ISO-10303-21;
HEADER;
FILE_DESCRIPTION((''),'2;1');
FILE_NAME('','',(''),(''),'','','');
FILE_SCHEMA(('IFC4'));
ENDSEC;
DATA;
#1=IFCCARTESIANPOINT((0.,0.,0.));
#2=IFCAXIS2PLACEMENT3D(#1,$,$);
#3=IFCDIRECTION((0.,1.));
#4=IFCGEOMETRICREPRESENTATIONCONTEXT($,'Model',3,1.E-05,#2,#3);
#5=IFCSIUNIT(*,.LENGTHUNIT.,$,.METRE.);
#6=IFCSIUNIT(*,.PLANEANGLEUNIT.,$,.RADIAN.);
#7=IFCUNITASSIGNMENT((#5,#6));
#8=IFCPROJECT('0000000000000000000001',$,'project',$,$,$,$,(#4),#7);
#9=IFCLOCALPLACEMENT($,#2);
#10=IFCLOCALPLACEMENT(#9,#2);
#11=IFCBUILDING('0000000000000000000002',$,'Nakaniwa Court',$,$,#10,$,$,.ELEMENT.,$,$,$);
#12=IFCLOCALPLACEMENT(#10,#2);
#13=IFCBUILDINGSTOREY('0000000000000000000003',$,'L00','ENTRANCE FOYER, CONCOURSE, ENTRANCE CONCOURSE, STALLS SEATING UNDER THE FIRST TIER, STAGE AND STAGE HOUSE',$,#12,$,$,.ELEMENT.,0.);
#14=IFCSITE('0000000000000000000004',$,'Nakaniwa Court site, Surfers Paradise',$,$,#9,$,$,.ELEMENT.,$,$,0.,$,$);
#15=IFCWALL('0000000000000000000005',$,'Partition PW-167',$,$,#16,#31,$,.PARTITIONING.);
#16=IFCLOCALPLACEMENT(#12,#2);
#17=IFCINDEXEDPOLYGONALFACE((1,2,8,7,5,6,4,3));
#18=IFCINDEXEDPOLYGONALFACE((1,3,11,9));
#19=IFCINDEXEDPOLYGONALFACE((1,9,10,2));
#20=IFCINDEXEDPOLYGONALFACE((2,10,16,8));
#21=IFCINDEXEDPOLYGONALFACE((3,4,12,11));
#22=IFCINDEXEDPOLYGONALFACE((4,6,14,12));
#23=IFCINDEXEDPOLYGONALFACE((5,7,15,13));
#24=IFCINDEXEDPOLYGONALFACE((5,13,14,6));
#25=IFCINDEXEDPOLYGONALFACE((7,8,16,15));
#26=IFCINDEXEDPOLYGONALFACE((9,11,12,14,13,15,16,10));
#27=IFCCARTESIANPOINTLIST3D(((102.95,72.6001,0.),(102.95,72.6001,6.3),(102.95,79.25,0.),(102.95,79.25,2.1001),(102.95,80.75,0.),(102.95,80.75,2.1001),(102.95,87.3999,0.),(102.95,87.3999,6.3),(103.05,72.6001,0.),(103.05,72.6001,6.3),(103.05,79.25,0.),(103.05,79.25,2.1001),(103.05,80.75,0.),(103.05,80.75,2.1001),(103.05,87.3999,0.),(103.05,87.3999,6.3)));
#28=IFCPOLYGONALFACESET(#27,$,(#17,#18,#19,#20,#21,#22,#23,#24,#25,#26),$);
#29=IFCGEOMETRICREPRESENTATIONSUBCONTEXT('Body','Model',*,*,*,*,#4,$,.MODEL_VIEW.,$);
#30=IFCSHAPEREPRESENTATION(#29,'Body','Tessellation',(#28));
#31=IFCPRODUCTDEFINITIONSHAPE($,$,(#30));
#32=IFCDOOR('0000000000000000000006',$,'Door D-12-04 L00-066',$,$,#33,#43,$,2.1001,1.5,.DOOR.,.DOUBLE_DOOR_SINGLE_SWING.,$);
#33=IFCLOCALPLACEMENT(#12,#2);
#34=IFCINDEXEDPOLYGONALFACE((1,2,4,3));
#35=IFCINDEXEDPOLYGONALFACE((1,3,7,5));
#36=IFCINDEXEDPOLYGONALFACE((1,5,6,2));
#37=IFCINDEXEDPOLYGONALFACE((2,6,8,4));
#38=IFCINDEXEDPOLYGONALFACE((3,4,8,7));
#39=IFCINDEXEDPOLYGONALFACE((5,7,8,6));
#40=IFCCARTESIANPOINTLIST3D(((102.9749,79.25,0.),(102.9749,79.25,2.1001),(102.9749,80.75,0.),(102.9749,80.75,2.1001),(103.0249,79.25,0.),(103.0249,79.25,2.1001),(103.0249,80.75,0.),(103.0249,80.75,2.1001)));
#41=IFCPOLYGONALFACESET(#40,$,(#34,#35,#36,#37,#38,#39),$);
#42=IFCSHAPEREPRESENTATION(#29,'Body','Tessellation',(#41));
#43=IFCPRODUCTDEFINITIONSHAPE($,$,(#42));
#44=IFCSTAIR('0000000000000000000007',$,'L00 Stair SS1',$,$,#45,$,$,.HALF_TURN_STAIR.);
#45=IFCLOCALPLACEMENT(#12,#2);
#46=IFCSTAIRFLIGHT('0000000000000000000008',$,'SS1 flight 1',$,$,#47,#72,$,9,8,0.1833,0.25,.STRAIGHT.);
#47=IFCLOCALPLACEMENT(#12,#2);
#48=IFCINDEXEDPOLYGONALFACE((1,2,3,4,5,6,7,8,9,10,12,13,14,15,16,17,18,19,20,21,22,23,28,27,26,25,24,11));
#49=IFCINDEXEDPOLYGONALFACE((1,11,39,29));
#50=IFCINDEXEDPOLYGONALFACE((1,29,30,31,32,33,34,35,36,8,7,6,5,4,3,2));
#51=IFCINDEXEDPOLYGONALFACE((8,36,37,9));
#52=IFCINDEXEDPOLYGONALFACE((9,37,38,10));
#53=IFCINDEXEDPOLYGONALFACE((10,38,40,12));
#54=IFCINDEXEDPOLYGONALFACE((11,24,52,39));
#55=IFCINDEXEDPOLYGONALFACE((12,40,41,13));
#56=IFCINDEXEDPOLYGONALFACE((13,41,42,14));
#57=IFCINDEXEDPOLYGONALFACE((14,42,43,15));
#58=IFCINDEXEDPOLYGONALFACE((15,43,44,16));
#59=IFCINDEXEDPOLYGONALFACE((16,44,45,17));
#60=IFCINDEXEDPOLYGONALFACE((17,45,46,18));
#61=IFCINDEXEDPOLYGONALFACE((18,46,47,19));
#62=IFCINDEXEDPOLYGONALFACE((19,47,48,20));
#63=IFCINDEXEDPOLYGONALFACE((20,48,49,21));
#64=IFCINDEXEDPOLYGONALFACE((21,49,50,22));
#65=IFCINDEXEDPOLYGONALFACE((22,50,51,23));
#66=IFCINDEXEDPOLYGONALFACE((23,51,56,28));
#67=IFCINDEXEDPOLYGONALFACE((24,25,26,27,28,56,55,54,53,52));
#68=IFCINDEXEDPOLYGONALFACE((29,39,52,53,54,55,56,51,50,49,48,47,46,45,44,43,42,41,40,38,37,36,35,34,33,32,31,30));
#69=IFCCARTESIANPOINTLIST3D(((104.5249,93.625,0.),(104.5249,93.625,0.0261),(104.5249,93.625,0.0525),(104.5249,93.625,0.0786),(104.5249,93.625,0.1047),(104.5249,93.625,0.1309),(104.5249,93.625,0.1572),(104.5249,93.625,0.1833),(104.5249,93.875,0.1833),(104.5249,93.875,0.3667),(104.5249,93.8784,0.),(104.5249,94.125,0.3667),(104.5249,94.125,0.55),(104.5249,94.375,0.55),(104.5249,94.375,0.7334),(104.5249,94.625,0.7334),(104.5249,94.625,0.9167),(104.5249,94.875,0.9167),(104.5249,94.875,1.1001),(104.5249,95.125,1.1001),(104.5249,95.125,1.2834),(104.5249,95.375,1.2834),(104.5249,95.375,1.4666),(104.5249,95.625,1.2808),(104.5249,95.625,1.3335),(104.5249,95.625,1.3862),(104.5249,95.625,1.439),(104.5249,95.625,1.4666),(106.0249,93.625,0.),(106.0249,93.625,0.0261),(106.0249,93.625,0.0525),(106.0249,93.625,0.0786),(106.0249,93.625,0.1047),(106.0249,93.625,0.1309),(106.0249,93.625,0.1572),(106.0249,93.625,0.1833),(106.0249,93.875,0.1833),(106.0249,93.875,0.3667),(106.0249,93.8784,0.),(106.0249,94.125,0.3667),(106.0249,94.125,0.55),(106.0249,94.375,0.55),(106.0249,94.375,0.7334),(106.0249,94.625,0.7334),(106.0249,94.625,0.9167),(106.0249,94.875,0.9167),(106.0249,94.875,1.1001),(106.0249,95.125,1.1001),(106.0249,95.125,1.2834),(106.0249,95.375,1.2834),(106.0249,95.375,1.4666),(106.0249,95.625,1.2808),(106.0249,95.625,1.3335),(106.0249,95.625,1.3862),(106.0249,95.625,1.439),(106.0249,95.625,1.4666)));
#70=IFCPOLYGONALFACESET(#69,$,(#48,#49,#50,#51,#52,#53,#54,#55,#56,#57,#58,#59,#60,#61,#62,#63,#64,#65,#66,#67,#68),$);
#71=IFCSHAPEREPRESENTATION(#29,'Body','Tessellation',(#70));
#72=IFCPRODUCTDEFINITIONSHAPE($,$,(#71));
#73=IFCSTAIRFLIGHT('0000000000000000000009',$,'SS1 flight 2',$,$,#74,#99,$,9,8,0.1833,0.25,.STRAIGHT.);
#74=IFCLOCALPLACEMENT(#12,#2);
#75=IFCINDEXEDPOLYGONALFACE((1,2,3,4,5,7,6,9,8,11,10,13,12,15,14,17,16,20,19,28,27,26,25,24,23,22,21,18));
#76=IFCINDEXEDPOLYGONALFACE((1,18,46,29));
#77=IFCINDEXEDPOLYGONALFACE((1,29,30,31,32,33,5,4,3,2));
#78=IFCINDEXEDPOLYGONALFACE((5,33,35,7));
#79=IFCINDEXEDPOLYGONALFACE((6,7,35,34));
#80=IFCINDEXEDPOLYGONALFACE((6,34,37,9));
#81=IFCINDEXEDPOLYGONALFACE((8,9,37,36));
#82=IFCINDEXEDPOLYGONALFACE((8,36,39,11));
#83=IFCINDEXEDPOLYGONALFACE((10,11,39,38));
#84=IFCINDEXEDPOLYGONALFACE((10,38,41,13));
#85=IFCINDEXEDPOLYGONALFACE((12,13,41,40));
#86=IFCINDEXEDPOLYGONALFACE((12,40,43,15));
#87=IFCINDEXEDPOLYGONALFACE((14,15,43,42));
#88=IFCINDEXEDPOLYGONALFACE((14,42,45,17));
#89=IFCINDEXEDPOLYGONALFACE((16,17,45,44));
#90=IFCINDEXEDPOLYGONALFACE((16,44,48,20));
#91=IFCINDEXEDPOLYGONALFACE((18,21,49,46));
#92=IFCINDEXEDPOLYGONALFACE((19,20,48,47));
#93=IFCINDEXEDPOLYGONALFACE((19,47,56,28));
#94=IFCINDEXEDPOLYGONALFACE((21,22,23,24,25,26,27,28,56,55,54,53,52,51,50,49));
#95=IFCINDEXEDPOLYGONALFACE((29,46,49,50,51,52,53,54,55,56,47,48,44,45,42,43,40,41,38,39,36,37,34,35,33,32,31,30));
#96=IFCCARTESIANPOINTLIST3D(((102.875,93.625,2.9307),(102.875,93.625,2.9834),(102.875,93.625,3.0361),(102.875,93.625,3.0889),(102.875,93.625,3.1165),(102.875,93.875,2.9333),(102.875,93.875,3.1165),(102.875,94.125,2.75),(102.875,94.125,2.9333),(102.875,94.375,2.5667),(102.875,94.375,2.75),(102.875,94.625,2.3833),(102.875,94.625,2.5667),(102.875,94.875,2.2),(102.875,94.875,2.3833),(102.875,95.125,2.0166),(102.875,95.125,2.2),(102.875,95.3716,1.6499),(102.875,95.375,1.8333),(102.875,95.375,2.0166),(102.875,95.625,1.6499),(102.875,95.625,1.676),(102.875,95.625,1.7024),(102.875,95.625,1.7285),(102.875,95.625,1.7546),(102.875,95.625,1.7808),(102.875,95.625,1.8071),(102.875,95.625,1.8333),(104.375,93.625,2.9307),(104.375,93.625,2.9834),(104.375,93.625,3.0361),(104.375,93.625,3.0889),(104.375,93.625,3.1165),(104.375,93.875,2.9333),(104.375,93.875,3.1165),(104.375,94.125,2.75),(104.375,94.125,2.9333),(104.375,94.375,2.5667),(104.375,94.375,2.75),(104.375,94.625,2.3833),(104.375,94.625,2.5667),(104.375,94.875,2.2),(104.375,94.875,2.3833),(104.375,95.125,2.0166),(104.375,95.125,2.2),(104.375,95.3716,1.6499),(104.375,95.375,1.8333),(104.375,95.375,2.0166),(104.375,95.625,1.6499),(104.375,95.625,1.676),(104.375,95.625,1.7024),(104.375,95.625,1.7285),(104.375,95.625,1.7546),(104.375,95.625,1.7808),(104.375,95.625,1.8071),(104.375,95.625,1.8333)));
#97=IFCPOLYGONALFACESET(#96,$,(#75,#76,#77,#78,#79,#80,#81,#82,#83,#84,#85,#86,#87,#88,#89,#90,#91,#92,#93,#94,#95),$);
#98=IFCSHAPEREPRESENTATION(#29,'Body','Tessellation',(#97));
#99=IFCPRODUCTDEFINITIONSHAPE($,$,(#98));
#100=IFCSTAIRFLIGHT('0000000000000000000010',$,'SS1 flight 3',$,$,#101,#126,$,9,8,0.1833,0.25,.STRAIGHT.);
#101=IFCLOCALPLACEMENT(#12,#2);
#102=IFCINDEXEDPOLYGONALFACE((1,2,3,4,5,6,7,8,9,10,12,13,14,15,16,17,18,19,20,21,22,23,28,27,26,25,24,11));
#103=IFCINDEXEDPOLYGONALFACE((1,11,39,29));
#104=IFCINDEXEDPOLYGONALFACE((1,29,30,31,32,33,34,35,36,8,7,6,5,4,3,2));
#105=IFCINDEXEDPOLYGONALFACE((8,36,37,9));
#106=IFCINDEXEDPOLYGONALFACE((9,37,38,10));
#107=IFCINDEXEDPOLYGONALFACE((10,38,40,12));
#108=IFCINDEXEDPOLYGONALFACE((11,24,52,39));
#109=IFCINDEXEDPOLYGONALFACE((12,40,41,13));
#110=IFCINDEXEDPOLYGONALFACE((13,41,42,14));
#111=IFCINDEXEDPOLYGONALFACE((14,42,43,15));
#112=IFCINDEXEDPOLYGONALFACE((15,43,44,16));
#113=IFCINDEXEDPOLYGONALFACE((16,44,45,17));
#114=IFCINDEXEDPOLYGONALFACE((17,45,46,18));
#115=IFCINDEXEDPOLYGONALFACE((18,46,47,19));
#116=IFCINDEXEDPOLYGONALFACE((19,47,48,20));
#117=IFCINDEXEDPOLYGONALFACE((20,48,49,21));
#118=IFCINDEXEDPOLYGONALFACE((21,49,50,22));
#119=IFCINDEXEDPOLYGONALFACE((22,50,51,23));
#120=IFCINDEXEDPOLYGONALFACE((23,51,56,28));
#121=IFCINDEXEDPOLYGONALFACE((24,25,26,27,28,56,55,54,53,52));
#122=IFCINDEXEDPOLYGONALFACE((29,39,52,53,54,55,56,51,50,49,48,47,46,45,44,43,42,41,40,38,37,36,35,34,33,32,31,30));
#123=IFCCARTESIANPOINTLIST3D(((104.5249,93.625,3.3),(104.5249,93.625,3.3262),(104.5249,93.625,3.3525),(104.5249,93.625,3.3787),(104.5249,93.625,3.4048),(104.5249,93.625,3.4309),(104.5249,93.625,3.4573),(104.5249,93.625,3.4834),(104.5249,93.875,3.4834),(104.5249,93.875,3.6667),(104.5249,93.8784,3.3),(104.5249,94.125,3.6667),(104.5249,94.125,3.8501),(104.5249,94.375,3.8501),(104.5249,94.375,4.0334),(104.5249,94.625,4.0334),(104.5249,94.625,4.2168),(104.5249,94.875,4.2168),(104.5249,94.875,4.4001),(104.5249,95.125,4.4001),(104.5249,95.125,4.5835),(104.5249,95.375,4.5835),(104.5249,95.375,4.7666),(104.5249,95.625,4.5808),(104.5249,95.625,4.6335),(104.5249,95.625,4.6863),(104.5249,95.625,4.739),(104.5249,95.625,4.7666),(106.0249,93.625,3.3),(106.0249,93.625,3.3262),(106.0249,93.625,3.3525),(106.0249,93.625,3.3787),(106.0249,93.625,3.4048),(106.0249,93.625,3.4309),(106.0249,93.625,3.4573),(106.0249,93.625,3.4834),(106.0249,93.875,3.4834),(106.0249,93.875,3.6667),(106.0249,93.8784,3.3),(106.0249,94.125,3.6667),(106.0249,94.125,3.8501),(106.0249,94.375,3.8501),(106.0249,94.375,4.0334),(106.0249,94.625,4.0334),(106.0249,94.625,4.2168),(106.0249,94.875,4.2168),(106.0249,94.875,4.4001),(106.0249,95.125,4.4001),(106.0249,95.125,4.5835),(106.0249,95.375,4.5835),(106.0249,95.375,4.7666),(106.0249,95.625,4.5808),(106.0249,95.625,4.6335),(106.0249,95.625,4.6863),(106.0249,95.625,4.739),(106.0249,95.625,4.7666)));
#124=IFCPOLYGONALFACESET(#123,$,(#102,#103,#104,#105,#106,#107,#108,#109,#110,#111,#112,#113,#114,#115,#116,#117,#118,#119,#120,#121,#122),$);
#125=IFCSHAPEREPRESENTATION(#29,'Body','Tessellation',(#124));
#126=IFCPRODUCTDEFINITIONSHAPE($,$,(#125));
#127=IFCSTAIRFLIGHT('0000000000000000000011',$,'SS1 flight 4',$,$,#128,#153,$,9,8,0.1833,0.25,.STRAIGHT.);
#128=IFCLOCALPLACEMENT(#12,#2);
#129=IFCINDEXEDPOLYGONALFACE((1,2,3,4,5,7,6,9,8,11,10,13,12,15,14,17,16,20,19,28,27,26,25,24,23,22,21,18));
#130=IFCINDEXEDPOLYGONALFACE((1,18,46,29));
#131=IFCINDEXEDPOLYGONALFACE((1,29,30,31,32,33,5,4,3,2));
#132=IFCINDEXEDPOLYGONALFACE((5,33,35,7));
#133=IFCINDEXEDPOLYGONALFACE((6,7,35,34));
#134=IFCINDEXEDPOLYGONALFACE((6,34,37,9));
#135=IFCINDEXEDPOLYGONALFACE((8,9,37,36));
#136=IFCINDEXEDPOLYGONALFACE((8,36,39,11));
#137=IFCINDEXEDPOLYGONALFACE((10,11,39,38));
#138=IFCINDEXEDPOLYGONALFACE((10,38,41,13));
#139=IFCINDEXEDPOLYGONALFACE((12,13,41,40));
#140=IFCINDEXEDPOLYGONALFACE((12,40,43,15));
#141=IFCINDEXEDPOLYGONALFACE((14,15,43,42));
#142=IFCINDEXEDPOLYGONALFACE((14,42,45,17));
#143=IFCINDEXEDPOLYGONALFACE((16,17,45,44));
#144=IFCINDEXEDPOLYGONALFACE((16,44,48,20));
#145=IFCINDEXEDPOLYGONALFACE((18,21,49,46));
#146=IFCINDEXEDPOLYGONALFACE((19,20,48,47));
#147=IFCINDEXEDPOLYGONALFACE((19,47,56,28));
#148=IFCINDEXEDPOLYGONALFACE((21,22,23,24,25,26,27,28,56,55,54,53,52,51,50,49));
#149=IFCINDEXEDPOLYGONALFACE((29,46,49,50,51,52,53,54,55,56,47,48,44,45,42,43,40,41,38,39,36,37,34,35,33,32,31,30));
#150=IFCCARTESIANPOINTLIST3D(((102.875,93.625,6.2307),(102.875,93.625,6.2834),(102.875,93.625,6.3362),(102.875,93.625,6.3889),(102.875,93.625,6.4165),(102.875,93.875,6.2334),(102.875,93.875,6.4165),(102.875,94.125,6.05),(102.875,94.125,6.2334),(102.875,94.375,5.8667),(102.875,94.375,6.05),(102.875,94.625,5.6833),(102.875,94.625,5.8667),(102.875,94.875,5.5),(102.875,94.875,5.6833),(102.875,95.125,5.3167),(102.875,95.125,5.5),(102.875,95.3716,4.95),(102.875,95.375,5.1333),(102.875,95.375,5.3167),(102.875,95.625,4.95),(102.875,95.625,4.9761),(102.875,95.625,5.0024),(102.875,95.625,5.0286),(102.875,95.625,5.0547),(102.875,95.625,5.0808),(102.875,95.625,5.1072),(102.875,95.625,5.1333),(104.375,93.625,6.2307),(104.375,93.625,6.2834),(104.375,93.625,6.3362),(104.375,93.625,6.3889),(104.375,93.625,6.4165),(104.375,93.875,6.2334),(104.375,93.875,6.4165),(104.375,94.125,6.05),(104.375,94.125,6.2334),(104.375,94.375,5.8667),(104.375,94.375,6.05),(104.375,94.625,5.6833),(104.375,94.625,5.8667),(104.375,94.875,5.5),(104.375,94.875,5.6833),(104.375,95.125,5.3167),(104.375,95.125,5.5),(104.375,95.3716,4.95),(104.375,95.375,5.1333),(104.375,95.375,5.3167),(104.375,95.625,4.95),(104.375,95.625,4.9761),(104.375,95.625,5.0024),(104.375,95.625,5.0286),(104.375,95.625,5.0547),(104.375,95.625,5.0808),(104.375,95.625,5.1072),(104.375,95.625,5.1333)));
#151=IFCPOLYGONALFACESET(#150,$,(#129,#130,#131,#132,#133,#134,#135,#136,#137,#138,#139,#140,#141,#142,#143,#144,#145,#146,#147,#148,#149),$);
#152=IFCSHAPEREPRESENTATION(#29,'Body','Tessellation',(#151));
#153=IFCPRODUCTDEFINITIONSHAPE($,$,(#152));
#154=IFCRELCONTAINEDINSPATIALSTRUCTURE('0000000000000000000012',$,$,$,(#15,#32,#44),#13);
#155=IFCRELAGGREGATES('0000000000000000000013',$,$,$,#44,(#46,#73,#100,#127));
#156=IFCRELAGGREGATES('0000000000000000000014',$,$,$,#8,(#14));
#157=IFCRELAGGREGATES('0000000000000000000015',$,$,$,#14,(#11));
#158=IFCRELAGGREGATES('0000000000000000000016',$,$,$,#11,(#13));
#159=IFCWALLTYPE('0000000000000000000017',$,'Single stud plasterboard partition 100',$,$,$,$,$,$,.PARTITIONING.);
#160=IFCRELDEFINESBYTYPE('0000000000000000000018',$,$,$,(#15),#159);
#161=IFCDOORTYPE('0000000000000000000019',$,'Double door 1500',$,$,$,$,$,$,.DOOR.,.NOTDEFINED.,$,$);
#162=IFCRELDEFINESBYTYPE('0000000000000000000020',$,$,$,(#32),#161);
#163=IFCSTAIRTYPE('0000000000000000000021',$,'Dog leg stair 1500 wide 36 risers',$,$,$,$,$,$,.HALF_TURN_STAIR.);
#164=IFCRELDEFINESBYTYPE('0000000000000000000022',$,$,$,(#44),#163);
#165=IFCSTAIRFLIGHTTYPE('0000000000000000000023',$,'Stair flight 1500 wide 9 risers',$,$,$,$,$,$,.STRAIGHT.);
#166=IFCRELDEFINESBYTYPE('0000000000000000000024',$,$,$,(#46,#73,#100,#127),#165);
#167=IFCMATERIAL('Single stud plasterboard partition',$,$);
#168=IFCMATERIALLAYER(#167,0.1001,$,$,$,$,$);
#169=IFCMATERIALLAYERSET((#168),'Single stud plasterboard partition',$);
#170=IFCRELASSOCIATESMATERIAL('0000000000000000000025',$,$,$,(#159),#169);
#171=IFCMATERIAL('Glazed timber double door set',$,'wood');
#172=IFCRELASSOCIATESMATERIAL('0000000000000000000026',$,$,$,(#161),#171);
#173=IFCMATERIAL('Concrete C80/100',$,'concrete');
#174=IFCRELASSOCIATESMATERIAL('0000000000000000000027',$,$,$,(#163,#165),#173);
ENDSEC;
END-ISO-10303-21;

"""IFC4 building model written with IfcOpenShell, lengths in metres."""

from ifc_helpers import new_model, si_unit, direction, frame, frame_2d, origin, place, context, subcontext, project, spatial, polyline, rectangle, outline, extrude, material, layer, layer_set, type_object, element, fill, aggregate, save


model = new_model("IFC4")

# Units and contexts
model_context = context("Model", 3, precision=1e-05, world=origin(), true_north=direction((0.0, 1.0)))
body_context = subcontext(model_context, "Body", "Model", "MODEL_VIEW")
ifc_project = project(units=[si_unit("LENGTHUNIT", "METRE"), si_unit("PLANEANGLEUNIT", "RADIAN")], contexts=[model_context])

# Site, building, storey
site_placement = place(None, origin())
site = spatial("IfcSite", under=ifc_project, at=site_placement, Name="Nakaniwa Court site, Surfers Paradise", CompositionType="ELEMENT", RefElevation=0.0)
building_placement = place(site_placement, origin())
building = spatial("IfcBuilding", under=site, at=building_placement, Name="Nakaniwa Court", CompositionType="ELEMENT")
storey_placement = place(building_placement, origin())
storey = spatial("IfcBuildingStorey", under=building, at=storey_placement, Name="L00", Description="ENTRANCE FOYER, CONCOURSE, ENTRANCE CONCOURSE, STALLS SEATING UNDER THE FIRST TIER, STAGE AND STAGE HOUSE", CompositionType="ELEMENT", Elevation=0.0)

# Wall, opening, door
ifc_material_1 = material(Name="Single stud plasterboard partition")
ifc_layer_1 = layer(ifc_material_1, 0.1001)
ifc_layer_set_1 = layer_set([ifc_layer_1], Name="Single stud plasterboard partition")
wall_type_1 = type_object("IfcWallType", Name="Single stud plasterboard partition 100", PredefinedType="PARTITIONING", material=ifc_layer_set_1)
wall_1_placement = place(storey_placement, frame((103.0, 87.3999, 0.0), z_axis=(0.0, 0.0, 1.0), x_axis=(0.0, -1.0, 0.0)))
wall_1 = element("IfcWall", 1, at=wall_1_placement, inside=storey, type_object=wall_type_1, Name="Partition PW-167", PredefinedType="PARTITIONING", context=body_context, shape_type="SweptSolid", body=[
    extrude(rectangle(XDim=14.7998, YDim=0.1001, at=frame_2d((7.3999, 0.0))), origin(), (0.0, 0.0, 1.0), 6.3),
])
opening_1_placement = place(wall_1_placement, frame((6.6499, 0.0, 0.0)))
opening_1 = element("IfcOpeningElement", 2, at=opening_1_placement, cuts=wall_1, PredefinedType="OPENING", context=body_context, shape_type="SweptSolid", body=[
    extrude(rectangle(XDim=1.5, YDim=2.1001, at=frame_2d((0.75, 1.05))), frame((0.0, 0.0601, 0.0), z_axis=(0.0, -1.0, 0.0), x_axis=(1.0, 0.0, 0.0)), (0.0, 0.0, 1.0), 0.1201),
])
ifc_material_2 = material(Name="Glazed timber double door set", Category="wood")
door_type_1 = type_object("IfcDoorType", Name="Double door 1500", OperationType="NOTDEFINED", PredefinedType="DOOR", material=ifc_material_2)
door_1_placement = place(opening_1_placement, origin())
door_1 = element("IfcDoor", 3, at=door_1_placement, inside=storey, type_object=door_type_1, Name="Door D-12-04 L00-066", OperationType="DOUBLE_DOOR_SINGLE_SWING", OverallHeight=2.1001, OverallWidth=1.5, PredefinedType="DOOR", context=body_context, shape_type="SweptSolid", body=[
    extrude(rectangle(XDim=1.5, YDim=2.1001, at=frame_2d((0.75, 1.05))), frame((0.0, 0.0249, 0.0), z_axis=(0.0, -1.0, 0.0), x_axis=(1.0, 0.0, 0.0)), (0.0, 0.0, 1.0), 0.05),
])
fill(opening_1, door_1)

# Stair, stair flights
ifc_material_3 = material(Name="Concrete C80/100", Category="concrete")
stair_type = type_object("IfcStairType", Name="Dog leg stair 1500 wide 36 risers", PredefinedType="HALF_TURN_STAIR", material=ifc_material_3)
stair_placement = place(storey_placement, origin())
stair = element("IfcStair", 4, at=stair_placement, inside=storey, type_object=stair_type, Name="L00 Stair SS1", PredefinedType="HALF_TURN_STAIR")
stair_flight_type = type_object("IfcStairFlightType", Name="Stair flight 1500 wide 9 risers", PredefinedType="STRAIGHT", material=ifc_material_3)
stair_flight_1_placement = place(storey_placement, frame((105.2749, 93.625, 0.0), z_axis=(0.0, 0.0, 1.0), x_axis=(0.0, 1.0, 0.0)))
stair_flight_1 = element("IfcStairFlight", 5, at=stair_flight_1_placement, type_object=stair_flight_type, Name="SS1 flight 1", NumberOfRisers=9, NumberOfTreads=8, PredefinedType="STRAIGHT", RiserHeight=0.1833, TreadLength=0.25, context=body_context, shape_type="SweptSolid", body=[
    extrude(outline(polyline([(0.0, 0.0), (0.0, 0.0261), (0.0, 0.0525), (0.0, 0.0786), (0.0, 0.1047), (0.0, 0.1309), (0.0, 0.1572), (0.0, 0.1833), (0.25, 0.1833), (0.25, 0.3667), (0.5, 0.3667), (0.5, 0.55), (0.75, 0.55), (0.75, 0.7334), (1.0, 0.7334), (1.0, 0.9167), (1.25, 0.9167), (1.25, 1.1001), (1.5, 1.1001), (1.5, 1.2834), (1.75, 1.2834), (1.75, 1.4666), (2.0, 1.4666), (2.0, 1.6499), (2.0, 1.5972), (2.0, 1.5444), (2.0, 1.4917), (2.0, 1.439), (2.0, 1.3862), (2.0, 1.3335), (2.0, 1.2808), (0.2534, 0.0), (0.0, 0.0)])), frame((0.0, 0.75, 0.0), z_axis=(0.0, -1.0, 0.0), x_axis=(1.0, 0.0, 0.0)), (0.0, 0.0, 1.0), 1.5),
])
stair_flight_2_placement = place(storey_placement, frame((103.625, 95.625, 1.6499), z_axis=(0.0, 0.0, 1.0), x_axis=(0.0, -1.0, 0.0)))
stair_flight_2 = element("IfcStairFlight", 6, at=stair_flight_2_placement, type_object=stair_flight_type, Name="SS1 flight 2", NumberOfRisers=9, NumberOfTreads=8, PredefinedType="STRAIGHT", RiserHeight=0.1833, TreadLength=0.25, context=body_context, shape_type="SweptSolid", body=[
    extrude(outline(polyline([(0.0, 0.0), (0.0, 0.0261), (0.0, 0.0525), (0.0, 0.0786), (0.0, 0.1047), (0.0, 0.1309), (0.0, 0.1572), (0.0, 0.1833), (0.25, 0.1833), (0.25, 0.3667), (0.5, 0.3667), (0.5, 0.55), (0.75, 0.55), (0.75, 0.7334), (1.0, 0.7334), (1.0, 0.9167), (1.25, 0.9167), (1.25, 1.1001), (1.5, 1.1001), (1.5, 1.2834), (1.75, 1.2834), (1.75, 1.4666), (2.0, 1.4666), (2.0, 1.6499), (2.0, 1.5972), (2.0, 1.5444), (2.0, 1.4917), (2.0, 1.439), (2.0, 1.3862), (2.0, 1.3335), (2.0, 1.2808), (0.2534, 0.0), (0.0, 0.0)])), frame((0.0, 0.75, 0.0), z_axis=(0.0, -1.0, 0.0), x_axis=(1.0, 0.0, 0.0)), (0.0, 0.0, 1.0), 1.5),
])
stair_flight_3_placement = place(storey_placement, frame((105.2749, 93.625, 3.3), z_axis=(0.0, 0.0, 1.0), x_axis=(0.0, 1.0, 0.0)))
stair_flight_3 = element("IfcStairFlight", 7, at=stair_flight_3_placement, type_object=stair_flight_type, Name="SS1 flight 3", NumberOfRisers=9, NumberOfTreads=8, PredefinedType="STRAIGHT", RiserHeight=0.1833, TreadLength=0.25, context=body_context, shape_type="SweptSolid", body=[
    extrude(outline(polyline([(0.0, 0.0), (0.0, 0.0261), (0.0, 0.0525), (0.0, 0.0786), (0.0, 0.1047), (0.0, 0.1309), (0.0, 0.1572), (0.0, 0.1833), (0.25, 0.1833), (0.25, 0.3667), (0.5, 0.3667), (0.5, 0.55), (0.75, 0.55), (0.75, 0.7334), (1.0, 0.7334), (1.0, 0.9167), (1.25, 0.9167), (1.25, 1.1001), (1.5, 1.1001), (1.5, 1.2834), (1.75, 1.2834), (1.75, 1.4666), (2.0, 1.4666), (2.0, 1.6499), (2.0, 1.5972), (2.0, 1.5444), (2.0, 1.4917), (2.0, 1.439), (2.0, 1.3862), (2.0, 1.3335), (2.0, 1.2808), (0.2534, 0.0), (0.0, 0.0)])), frame((0.0, 0.75, 0.0), z_axis=(0.0, -1.0, 0.0), x_axis=(1.0, 0.0, 0.0)), (0.0, 0.0, 1.0), 1.5),
])
stair_flight_4_placement = place(storey_placement, frame((103.625, 95.625, 4.95), z_axis=(0.0, 0.0, 1.0), x_axis=(0.0, -1.0, 0.0)))
stair_flight_4 = element("IfcStairFlight", 8, at=stair_flight_4_placement, type_object=stair_flight_type, Name="SS1 flight 4", NumberOfRisers=9, NumberOfTreads=8, PredefinedType="STRAIGHT", RiserHeight=0.1833, TreadLength=0.25, context=body_context, shape_type="SweptSolid", body=[
    extrude(outline(polyline([(0.0, 0.0), (0.0, 0.0261), (0.0, 0.0525), (0.0, 0.0786), (0.0, 0.1047), (0.0, 0.1309), (0.0, 0.1572), (0.0, 0.1833), (0.25, 0.1833), (0.25, 0.3667), (0.5, 0.3667), (0.5, 0.55), (0.75, 0.55), (0.75, 0.7334), (1.0, 0.7334), (1.0, 0.9167), (1.25, 0.9167), (1.25, 1.1001), (1.5, 1.1001), (1.5, 1.2834), (1.75, 1.2834), (1.75, 1.4666), (2.0, 1.4666), (2.0, 1.6499), (2.0, 1.5972), (2.0, 1.5444), (2.0, 1.4917), (2.0, 1.439), (2.0, 1.3862), (2.0, 1.3335), (2.0, 1.2808), (0.2534, 0.0), (0.0, 0.0)])), frame((0.0, 0.75, 0.0), z_axis=(0.0, -1.0, 0.0), x_axis=(1.0, 0.0, 0.0)), (0.0, 0.0, 1.0), 1.5),
])
aggregate(stair, [stair_flight_1, stair_flight_2, stair_flight_3, stair_flight_4])

save(model, "model.ifc")
